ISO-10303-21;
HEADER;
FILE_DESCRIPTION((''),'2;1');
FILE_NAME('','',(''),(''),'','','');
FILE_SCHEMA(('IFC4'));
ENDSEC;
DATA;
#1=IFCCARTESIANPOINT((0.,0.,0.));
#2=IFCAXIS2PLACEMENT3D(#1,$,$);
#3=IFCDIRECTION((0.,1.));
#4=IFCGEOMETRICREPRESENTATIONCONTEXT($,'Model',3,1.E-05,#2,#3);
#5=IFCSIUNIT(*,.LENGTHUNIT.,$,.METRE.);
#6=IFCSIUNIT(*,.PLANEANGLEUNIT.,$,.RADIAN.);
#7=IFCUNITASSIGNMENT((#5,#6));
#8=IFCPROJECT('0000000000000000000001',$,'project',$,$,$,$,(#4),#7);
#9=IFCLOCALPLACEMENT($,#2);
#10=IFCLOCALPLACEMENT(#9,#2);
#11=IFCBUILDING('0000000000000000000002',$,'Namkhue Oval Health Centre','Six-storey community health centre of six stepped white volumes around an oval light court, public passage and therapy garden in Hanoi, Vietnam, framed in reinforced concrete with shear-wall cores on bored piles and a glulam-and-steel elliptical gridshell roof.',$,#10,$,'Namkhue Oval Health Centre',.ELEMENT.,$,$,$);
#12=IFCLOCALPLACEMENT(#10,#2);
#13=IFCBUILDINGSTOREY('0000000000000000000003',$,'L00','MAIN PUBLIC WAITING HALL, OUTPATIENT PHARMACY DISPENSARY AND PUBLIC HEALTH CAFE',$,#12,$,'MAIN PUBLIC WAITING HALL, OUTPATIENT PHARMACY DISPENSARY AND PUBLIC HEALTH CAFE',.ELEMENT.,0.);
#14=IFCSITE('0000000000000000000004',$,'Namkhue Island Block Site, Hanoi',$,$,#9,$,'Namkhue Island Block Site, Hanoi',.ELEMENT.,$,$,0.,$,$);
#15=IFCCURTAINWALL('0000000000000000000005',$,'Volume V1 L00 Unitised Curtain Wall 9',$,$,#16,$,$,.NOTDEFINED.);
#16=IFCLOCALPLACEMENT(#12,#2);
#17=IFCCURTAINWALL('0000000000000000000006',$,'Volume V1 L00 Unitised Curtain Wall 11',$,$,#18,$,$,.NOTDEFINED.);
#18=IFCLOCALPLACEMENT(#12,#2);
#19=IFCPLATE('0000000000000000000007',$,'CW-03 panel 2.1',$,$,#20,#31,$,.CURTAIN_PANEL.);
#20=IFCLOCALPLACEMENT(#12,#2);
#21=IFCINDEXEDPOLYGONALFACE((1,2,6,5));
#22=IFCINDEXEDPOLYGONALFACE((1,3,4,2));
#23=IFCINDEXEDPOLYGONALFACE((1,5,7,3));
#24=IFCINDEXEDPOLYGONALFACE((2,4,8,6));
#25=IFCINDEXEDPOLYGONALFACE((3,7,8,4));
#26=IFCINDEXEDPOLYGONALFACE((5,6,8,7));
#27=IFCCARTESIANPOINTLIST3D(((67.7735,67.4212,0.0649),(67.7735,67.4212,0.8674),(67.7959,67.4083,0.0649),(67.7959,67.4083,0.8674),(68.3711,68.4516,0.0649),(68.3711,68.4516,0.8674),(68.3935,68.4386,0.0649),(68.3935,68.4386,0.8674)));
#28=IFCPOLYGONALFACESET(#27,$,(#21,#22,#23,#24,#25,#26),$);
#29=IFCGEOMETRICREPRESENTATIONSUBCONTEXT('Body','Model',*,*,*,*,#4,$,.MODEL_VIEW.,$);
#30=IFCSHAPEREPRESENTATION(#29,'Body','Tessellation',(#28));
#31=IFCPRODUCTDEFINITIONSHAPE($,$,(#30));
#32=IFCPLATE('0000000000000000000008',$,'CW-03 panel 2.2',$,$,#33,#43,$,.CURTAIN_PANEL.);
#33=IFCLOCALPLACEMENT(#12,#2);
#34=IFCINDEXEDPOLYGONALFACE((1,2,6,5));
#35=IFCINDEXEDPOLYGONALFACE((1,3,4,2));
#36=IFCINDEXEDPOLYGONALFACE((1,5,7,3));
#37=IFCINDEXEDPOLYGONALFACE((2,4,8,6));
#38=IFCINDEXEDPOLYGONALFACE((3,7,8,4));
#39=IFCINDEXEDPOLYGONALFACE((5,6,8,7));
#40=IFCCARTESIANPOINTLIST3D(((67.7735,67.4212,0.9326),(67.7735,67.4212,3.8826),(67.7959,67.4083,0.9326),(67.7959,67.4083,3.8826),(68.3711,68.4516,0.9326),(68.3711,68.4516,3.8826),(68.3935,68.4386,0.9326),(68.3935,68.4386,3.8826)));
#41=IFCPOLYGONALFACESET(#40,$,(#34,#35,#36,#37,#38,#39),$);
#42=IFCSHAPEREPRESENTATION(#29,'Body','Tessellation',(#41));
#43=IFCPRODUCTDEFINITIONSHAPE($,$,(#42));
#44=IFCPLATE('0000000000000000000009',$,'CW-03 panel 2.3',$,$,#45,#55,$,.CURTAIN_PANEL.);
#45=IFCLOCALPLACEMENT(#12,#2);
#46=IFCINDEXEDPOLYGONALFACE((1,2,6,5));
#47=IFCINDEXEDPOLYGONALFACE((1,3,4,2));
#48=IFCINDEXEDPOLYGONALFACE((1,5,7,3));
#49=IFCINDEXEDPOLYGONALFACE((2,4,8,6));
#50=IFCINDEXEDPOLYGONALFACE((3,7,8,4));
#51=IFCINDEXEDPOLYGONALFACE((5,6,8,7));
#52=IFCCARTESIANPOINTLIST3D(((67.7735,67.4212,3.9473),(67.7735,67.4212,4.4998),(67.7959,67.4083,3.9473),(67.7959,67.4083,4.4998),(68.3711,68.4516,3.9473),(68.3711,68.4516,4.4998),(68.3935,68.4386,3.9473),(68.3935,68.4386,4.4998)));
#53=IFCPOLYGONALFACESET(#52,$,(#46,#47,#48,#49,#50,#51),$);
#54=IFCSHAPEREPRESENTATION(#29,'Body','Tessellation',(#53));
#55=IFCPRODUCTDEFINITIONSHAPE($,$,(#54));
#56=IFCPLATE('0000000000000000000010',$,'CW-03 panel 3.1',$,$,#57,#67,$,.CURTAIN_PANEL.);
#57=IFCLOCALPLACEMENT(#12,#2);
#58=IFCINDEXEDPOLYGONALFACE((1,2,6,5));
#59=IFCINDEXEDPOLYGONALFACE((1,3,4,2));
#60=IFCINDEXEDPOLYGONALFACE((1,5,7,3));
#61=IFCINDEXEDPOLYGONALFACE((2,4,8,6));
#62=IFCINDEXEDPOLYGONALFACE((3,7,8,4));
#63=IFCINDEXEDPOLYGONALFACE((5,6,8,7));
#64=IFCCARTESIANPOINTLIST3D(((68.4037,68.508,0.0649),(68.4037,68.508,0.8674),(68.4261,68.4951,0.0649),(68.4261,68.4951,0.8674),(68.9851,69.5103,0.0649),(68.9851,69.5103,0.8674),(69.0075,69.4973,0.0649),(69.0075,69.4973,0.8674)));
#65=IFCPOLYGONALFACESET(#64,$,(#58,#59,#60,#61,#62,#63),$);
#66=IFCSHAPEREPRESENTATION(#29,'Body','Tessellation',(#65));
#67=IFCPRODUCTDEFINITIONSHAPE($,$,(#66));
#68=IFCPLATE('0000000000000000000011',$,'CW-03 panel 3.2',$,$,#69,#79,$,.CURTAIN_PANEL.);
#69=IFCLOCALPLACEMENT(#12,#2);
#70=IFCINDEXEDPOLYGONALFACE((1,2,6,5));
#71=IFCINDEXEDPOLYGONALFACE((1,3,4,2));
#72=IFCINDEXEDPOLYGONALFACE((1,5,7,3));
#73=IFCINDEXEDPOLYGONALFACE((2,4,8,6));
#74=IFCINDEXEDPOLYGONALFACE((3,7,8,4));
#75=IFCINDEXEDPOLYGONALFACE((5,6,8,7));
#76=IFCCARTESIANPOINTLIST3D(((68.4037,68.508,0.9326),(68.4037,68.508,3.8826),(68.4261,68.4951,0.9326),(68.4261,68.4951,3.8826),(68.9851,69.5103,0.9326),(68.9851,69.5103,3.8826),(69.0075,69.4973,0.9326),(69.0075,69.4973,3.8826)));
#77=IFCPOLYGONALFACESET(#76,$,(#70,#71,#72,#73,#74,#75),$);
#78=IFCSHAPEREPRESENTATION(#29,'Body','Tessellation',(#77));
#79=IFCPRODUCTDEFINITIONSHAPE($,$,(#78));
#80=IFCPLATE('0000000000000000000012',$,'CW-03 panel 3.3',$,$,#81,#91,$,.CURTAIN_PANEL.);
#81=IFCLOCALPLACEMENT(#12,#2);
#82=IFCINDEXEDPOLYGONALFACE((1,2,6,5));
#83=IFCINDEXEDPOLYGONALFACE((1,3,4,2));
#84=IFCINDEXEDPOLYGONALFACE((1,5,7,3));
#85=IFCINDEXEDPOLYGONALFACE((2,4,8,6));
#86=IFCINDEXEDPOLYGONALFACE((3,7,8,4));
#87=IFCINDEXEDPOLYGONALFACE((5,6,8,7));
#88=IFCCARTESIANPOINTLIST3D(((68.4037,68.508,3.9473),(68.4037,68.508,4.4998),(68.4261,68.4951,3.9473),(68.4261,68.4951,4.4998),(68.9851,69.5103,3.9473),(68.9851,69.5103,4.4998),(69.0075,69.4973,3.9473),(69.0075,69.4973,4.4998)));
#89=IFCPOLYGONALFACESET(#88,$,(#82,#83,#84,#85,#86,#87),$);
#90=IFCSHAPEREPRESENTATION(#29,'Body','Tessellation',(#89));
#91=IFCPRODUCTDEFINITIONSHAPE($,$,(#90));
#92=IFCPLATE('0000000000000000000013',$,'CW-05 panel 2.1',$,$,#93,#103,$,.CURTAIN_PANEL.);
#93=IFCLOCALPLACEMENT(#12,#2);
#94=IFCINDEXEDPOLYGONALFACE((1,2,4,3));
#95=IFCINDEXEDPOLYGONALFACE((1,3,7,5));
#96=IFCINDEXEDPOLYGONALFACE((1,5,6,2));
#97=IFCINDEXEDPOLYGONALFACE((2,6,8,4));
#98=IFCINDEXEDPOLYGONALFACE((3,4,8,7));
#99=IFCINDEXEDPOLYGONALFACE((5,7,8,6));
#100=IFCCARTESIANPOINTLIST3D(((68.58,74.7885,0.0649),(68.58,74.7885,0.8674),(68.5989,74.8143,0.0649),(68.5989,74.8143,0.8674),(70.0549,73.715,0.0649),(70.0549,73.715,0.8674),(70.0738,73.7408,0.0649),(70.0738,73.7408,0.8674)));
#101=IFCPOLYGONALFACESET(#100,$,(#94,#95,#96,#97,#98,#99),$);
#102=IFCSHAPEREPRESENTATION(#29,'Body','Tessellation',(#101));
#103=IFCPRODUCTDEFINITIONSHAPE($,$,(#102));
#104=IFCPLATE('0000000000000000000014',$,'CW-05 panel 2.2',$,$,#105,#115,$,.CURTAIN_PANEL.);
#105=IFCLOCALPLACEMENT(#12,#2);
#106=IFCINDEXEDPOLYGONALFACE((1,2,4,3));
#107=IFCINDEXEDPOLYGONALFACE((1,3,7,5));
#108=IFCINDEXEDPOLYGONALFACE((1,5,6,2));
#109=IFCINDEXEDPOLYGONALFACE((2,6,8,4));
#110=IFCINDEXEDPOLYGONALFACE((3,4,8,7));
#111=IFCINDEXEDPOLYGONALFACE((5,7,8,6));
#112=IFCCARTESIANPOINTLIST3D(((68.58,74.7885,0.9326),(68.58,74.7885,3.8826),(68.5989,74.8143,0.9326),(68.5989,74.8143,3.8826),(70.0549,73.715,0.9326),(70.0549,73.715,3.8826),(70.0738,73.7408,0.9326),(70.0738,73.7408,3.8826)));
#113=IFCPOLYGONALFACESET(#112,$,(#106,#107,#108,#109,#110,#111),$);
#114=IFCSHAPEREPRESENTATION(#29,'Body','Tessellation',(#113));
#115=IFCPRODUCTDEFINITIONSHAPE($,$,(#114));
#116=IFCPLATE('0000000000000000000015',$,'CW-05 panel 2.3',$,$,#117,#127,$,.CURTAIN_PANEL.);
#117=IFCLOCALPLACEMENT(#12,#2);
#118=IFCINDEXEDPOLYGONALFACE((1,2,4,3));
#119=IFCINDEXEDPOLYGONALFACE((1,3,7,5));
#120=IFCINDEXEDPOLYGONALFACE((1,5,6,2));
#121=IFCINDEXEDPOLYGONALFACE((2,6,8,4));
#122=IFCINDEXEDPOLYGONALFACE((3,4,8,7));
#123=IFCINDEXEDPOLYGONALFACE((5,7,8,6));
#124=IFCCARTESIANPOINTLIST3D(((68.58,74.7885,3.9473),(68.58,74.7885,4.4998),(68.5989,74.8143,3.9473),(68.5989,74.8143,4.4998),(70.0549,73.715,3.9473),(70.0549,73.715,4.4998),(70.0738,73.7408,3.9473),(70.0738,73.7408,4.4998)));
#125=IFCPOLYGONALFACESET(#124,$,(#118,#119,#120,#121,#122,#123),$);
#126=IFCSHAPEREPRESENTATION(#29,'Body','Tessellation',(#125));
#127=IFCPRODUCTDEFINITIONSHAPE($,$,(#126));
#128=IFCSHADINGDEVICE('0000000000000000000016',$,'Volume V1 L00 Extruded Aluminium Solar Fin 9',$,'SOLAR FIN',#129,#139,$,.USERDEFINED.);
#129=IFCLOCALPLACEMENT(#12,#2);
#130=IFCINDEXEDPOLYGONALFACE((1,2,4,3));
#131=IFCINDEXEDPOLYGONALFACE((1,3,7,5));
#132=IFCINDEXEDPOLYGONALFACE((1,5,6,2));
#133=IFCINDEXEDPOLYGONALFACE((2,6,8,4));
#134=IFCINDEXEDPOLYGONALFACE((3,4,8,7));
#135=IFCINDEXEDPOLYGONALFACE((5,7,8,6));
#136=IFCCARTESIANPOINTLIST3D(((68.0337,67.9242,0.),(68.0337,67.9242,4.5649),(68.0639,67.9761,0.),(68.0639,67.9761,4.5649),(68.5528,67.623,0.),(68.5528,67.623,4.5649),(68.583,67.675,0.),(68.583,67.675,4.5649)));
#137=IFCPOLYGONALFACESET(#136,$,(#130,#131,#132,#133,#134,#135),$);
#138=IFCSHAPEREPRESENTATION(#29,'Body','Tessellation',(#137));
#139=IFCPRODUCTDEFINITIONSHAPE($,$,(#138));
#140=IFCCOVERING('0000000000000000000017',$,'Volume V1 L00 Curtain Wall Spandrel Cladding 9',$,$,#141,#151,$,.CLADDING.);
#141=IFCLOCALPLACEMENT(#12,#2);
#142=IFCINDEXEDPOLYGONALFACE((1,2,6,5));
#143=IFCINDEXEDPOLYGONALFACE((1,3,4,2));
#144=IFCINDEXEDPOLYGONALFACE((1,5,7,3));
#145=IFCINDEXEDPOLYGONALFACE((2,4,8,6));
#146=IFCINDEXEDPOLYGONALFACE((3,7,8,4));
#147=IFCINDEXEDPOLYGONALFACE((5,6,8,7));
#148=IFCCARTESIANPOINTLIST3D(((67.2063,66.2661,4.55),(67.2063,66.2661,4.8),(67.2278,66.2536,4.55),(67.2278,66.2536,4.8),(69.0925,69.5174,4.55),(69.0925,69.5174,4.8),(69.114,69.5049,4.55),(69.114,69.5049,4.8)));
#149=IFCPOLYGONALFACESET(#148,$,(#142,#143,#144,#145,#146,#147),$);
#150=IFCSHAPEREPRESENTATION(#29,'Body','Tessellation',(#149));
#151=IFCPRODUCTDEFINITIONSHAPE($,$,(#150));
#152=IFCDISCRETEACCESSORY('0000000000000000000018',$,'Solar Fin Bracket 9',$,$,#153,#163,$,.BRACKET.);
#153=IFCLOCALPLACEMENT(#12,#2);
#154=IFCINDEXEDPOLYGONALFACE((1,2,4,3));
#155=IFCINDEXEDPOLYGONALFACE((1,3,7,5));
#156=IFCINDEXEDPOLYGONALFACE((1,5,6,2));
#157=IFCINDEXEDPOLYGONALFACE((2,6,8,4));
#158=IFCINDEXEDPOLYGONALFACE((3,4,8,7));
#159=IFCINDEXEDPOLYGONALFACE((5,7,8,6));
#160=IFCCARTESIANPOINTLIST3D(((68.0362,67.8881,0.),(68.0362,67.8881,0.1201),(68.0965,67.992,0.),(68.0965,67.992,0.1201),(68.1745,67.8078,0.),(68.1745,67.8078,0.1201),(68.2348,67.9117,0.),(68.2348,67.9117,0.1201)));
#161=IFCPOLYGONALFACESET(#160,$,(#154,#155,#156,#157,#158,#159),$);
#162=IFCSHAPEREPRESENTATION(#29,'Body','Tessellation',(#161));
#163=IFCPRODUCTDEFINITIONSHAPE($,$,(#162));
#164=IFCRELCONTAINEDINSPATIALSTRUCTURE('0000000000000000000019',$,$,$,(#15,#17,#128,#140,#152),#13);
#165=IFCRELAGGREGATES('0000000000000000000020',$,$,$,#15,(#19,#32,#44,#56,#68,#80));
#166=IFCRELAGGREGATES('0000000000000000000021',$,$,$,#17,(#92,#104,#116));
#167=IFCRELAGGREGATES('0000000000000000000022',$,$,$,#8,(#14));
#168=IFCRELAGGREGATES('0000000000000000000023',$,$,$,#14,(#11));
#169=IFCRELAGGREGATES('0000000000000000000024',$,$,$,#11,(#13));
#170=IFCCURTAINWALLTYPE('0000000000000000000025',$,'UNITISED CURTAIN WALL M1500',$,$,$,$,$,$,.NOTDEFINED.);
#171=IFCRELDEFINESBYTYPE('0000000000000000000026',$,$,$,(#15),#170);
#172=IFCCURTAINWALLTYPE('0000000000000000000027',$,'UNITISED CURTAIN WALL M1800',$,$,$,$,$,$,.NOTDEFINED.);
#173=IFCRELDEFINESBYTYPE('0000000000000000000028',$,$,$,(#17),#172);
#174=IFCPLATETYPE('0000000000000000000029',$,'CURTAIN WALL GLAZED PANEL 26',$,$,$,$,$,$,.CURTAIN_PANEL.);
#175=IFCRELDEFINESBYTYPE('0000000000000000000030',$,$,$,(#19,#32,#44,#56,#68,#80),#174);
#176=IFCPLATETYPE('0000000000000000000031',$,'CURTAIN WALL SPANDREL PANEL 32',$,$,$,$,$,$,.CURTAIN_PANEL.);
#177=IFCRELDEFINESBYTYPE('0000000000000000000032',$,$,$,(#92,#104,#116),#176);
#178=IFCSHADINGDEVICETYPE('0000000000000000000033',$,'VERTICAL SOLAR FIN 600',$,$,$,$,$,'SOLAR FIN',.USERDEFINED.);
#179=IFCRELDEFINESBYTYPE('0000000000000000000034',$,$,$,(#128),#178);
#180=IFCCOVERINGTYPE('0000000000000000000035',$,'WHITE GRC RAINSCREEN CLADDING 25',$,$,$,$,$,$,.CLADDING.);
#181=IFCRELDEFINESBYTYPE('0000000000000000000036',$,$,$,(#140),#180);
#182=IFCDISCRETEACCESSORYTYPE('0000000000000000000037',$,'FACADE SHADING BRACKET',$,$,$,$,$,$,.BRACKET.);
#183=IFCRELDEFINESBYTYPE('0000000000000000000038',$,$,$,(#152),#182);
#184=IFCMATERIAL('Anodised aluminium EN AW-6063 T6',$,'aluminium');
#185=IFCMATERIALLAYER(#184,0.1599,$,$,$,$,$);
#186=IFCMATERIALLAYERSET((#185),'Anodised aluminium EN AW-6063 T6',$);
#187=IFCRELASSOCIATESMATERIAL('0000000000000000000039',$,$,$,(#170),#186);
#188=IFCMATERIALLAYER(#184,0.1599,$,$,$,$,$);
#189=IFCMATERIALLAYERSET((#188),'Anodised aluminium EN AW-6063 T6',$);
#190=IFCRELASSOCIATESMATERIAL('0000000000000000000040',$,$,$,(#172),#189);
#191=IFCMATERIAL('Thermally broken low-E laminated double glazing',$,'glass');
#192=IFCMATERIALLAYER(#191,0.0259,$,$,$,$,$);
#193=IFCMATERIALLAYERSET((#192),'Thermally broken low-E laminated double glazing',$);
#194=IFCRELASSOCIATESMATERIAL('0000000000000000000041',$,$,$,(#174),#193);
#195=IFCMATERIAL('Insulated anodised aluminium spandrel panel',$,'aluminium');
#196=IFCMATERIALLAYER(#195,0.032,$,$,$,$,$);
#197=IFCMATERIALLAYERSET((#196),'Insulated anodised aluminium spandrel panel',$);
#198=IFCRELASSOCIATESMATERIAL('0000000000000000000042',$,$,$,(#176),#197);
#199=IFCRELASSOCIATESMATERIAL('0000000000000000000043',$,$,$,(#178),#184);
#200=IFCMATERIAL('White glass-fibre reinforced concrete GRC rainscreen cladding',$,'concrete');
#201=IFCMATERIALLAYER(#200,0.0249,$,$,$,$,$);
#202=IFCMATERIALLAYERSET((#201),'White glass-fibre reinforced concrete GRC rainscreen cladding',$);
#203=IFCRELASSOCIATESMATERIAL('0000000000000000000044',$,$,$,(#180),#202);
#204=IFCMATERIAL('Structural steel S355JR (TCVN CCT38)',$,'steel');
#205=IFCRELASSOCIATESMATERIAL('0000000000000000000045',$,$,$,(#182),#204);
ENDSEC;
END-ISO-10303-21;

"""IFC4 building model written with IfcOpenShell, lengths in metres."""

from ifc_helpers import new_model, si_unit, direction, frame, origin, origin_2d, place, context, subcontext, project, spatial, rectangle, extrude, material, layer, layer_set, type_object, element, aggregate, save


model = new_model("IFC4")

# Units and contexts
model_context = context("Model", 3, precision=1e-05, world=origin(), true_north=direction((0.0, 1.0)))
body_context = subcontext(model_context, "Body", "Model", "MODEL_VIEW")
ifc_project = project(units=[si_unit("LENGTHUNIT", "METRE"), si_unit("PLANEANGLEUNIT", "RADIAN")], contexts=[model_context])

# Site, building, storey
site_placement = place(None, origin())
site = spatial("IfcSite", under=ifc_project, at=site_placement, Name="Namkhue Island Block Site, Hanoi", LongName="Namkhue Island Block Site, Hanoi", CompositionType="ELEMENT", RefElevation=0.0)
building_placement = place(site_placement, origin())
building = spatial("IfcBuilding", under=site, at=building_placement, Name="Namkhue Oval Health Centre", Description="Six-storey community health centre of six stepped white volumes around an oval light court, public passage and therapy garden in Hanoi, Vietnam, framed in reinforced concrete with shear-wall cores on bored piles and a glulam-and-steel elliptical gridshell roof.", LongName="Namkhue Oval Health Centre", CompositionType="ELEMENT")
storey_placement = place(building_placement, origin())
storey = spatial("IfcBuildingStorey", under=building, at=storey_placement, Name="L00", Description="MAIN PUBLIC WAITING HALL, OUTPATIENT PHARMACY DISPENSARY AND PUBLIC HEALTH CAFE", LongName="MAIN PUBLIC WAITING HALL, OUTPATIENT PHARMACY DISPENSARY AND PUBLIC HEALTH CAFE", CompositionType="ELEMENT", Elevation=0.0)

# Curtain wall
ifc_material_1 = material(Name="Anodised aluminium EN AW-6063 T6", Category="aluminium")
ifc_layer_1 = layer(ifc_material_1, 0.1599)
ifc_layer_set_1 = layer_set([ifc_layer_1], Name="Anodised aluminium EN AW-6063 T6")
curtain_wall_type_1 = type_object("IfcCurtainWallType", Name="UNITISED CURTAIN WALL M1500", PredefinedType="NOTDEFINED", material=ifc_layer_set_1)
curtain_wall_1_placement = place(storey_placement, origin())
curtain_wall_1 = element("IfcCurtainWall", 1, at=curtain_wall_1_placement, inside=storey, type_object=curtain_wall_type_1, Name="Volume V1 L00 Unitised Curtain Wall 9", PredefinedType="NOTDEFINED")

# Curtain wall
ifc_layer_2 = layer(ifc_material_1, 0.1599)
ifc_layer_set_2 = layer_set([ifc_layer_2], Name="Anodised aluminium EN AW-6063 T6")
curtain_wall_type_2 = type_object("IfcCurtainWallType", Name="UNITISED CURTAIN WALL M1800", PredefinedType="NOTDEFINED", material=ifc_layer_set_2)
curtain_wall_2_placement = place(storey_placement, origin())
curtain_wall_2 = element("IfcCurtainWall", 2, at=curtain_wall_2_placement, inside=storey, type_object=curtain_wall_type_2, Name="Volume V1 L00 Unitised Curtain Wall 11", PredefinedType="NOTDEFINED")

# Plates
ifc_material_2 = material(Name="Thermally broken low-E laminated double glazing", Category="glass")
ifc_layer_3 = layer(ifc_material_2, 0.0259)
ifc_layer_set_3 = layer_set([ifc_layer_3], Name="Thermally broken low-E laminated double glazing")
plate_type_1 = type_object("IfcPlateType", Name="CURTAIN WALL GLAZED PANEL 26", PredefinedType="CURTAIN_PANEL", material=ifc_layer_set_3)
plate_1_placement = place(storey_placement, frame((68.0835, 67.9299, 0.0649), z_axis=(0.0, 0.0, 1.0), x_axis=(0.501758, 0.865008, 0.0)))
plate_1 = element("IfcPlate", 3, at=plate_1_placement, type_object=plate_type_1, Name="CW-03 panel 2.1", PredefinedType="CURTAIN_PANEL", context=body_context, shape_type="SweptSolid", body=[
    extrude(rectangle(XDim=1.1912, YDim=0.0259, at=origin_2d()), origin(), (0.0, 0.0, 1.0), 0.8025),
])
plate_2_placement = place(storey_placement, frame((68.0835, 67.9299, 0.9326), z_axis=(0.0, 0.0, 1.0), x_axis=(0.501758, 0.865008, 0.0)))
plate_2 = element("IfcPlate", 4, at=plate_2_placement, type_object=plate_type_1, Name="CW-03 panel 2.2", PredefinedType="CURTAIN_PANEL", context=body_context, shape_type="SweptSolid", body=[
    extrude(rectangle(XDim=1.1912, YDim=0.0259, at=origin_2d()), origin(), (0.0, 0.0, 1.0), 2.95),
])
plate_3_placement = place(storey_placement, frame((68.0835, 67.9299, 3.9473), z_axis=(0.0, 0.0, 1.0), x_axis=(0.501758, 0.865008, 0.0)))
plate_3 = element("IfcPlate", 5, at=plate_3_placement, type_object=plate_type_1, Name="CW-03 panel 2.3", PredefinedType="CURTAIN_PANEL", context=body_context, shape_type="SweptSolid", body=[
    extrude(rectangle(XDim=1.1912, YDim=0.0259, at=origin_2d()), origin(), (0.0, 0.0, 1.0), 0.5525),
])
plate_4_placement = place(storey_placement, frame((68.7056, 69.0027, 0.0649), z_axis=(0.0, 0.0, 1.0), x_axis=(0.501758, 0.865008, 0.0)))
plate_4 = element("IfcPlate", 6, at=plate_4_placement, type_object=plate_type_1, Name="CW-03 panel 3.1", PredefinedType="CURTAIN_PANEL", context=body_context, shape_type="SweptSolid", body=[
    extrude(rectangle(XDim=1.1587, YDim=0.0259, at=origin_2d()), origin(), (0.0, 0.0, 1.0), 0.8025),
])
plate_5_placement = place(storey_placement, frame((68.7056, 69.0027, 0.9326), z_axis=(0.0, 0.0, 1.0), x_axis=(0.501758, 0.865008, 0.0)))
plate_5 = element("IfcPlate", 7, at=plate_5_placement, type_object=plate_type_1, Name="CW-03 panel 3.2", PredefinedType="CURTAIN_PANEL", context=body_context, shape_type="SweptSolid", body=[
    extrude(rectangle(XDim=1.1587, YDim=0.0259, at=origin_2d()), origin(), (0.0, 0.0, 1.0), 2.95),
])
plate_6_placement = place(storey_placement, frame((68.7056, 69.0027, 3.9473), z_axis=(0.0, 0.0, 1.0), x_axis=(0.501758, 0.865008, 0.0)))
plate_6 = element("IfcPlate", 8, at=plate_6_placement, type_object=plate_type_1, Name="CW-03 panel 3.3", PredefinedType="CURTAIN_PANEL", context=body_context, shape_type="SweptSolid", body=[
    extrude(rectangle(XDim=1.1587, YDim=0.0259, at=origin_2d()), origin(), (0.0, 0.0, 1.0), 0.5525),
])
aggregate(curtain_wall_1, [plate_1, plate_2, plate_3, plate_4, plate_5, plate_6])
ifc_material_3 = material(Name="Insulated anodised aluminium spandrel panel", Category="aluminium")
ifc_layer_4 = layer(ifc_material_3, 0.032)
ifc_layer_set_4 = layer_set([ifc_layer_4], Name="Insulated anodised aluminium spandrel panel")
plate_type_2 = type_object("IfcPlateType", Name="CURTAIN WALL SPANDREL PANEL 32", PredefinedType="CURTAIN_PANEL", material=ifc_layer_set_4)
plate_7_placement = place(storey_placement, frame((69.3269, 74.2646, 0.0649), z_axis=(0.0, 0.0, 1.0), x_axis=(-0.808514, 0.588477, 0.0)))
plate_7 = element("IfcPlate", 9, at=plate_7_placement, type_object=plate_type_2, Name="CW-05 panel 2.1", PredefinedType="CURTAIN_PANEL", context=body_context, shape_type="SweptSolid", body=[
    extrude(rectangle(XDim=1.8242, YDim=0.032, at=origin_2d()), origin(), (0.0, 0.0, 1.0), 0.8025),
])
plate_8_placement = place(storey_placement, frame((69.3269, 74.2646, 0.9326), z_axis=(0.0, 0.0, 1.0), x_axis=(-0.808514, 0.588477, 0.0)))
plate_8 = element("IfcPlate", 10, at=plate_8_placement, type_object=plate_type_2, Name="CW-05 panel 2.2", PredefinedType="CURTAIN_PANEL", context=body_context, shape_type="SweptSolid", body=[
    extrude(rectangle(XDim=1.8242, YDim=0.032, at=origin_2d()), origin(), (0.0, 0.0, 1.0), 2.95),
])
plate_9_placement = place(storey_placement, frame((69.3269, 74.2646, 3.9473), z_axis=(0.0, 0.0, 1.0), x_axis=(-0.808514, 0.588477, 0.0)))
plate_9 = element("IfcPlate", 11, at=plate_9_placement, type_object=plate_type_2, Name="CW-05 panel 2.3", PredefinedType="CURTAIN_PANEL", context=body_context, shape_type="SweptSolid", body=[
    extrude(rectangle(XDim=1.8242, YDim=0.032, at=origin_2d()), origin(), (0.0, 0.0, 1.0), 0.5525),
])
aggregate(curtain_wall_2, [plate_7, plate_8, plate_9])

# Shading device
shading_device_type = type_object("IfcShadingDeviceType", Name="VERTICAL SOLAR FIN 600", ElementType="SOLAR FIN", PredefinedType="USERDEFINED", material=ifc_material_1)
shading_device_placement = place(storey_placement, frame((68.3083, 67.7996, 0.0), z_axis=(0.0, 0.0, 1.0), x_axis=(0.864976, -0.501813, 0.0)))
element("IfcShadingDevice", 12, at=shading_device_placement, inside=storey, type_object=shading_device_type, Name="Volume V1 L00 Extruded Aluminium Solar Fin 9", ObjectType="SOLAR FIN", PredefinedType="USERDEFINED", context=body_context, shape_type="SweptSolid", body=[
    extrude(rectangle(XDim=0.6001, YDim=0.0601, at=origin_2d()), origin(), (0.0, 0.0, 1.0), 4.5649),
])

# Covering
ifc_material_4 = material(Name="White glass-fibre reinforced concrete GRC rainscreen cladding", Category="concrete")
ifc_layer_5 = layer(ifc_material_4, 0.0249)
ifc_layer_set_5 = layer_set([ifc_layer_5], Name="White glass-fibre reinforced concrete GRC rainscreen cladding")
covering_type = type_object("IfcCoveringType", Name="WHITE GRC RAINSCREEN CLADDING 25", PredefinedType="CLADDING", material=ifc_layer_set_5)
covering_placement = place(storey_placement, frame((68.1602, 67.8855, 4.55), z_axis=(0.0, 0.0, 1.0), x_axis=(0.501813, 0.864976, 0.0)))
element("IfcCovering", 13, at=covering_placement, inside=storey, type_object=covering_type, Name="Volume V1 L00 Curtain Wall Spandrel Cladding 9", PredefinedType="CLADDING", context=body_context, shape_type="SweptSolid", body=[
    extrude(rectangle(XDim=3.7588, YDim=0.0249, at=origin_2d()), origin(), (0.0, 0.0, 1.0), 0.25),
])

# Discrete accessory
ifc_material_5 = material(Name="Structural steel S355JR (TCVN CCT38)", Category="steel")
discrete_accessory_type = type_object("IfcDiscreteAccessoryType", Name="FACADE SHADING BRACKET", PredefinedType="BRACKET", material=ifc_material_5)
discrete_accessory_placement = place(storey_placement, frame((68.1355, 67.8999, 0.0), z_axis=(0.0, 0.0, 1.0), x_axis=(0.864976, -0.501813, 0.0)))
element("IfcDiscreteAccessory", 14, at=discrete_accessory_placement, inside=storey, type_object=discrete_accessory_type, Name="Solar Fin Bracket 9", PredefinedType="BRACKET", context=body_context, shape_type="SweptSolid", body=[
    extrude(rectangle(XDim=0.1599, YDim=0.1201, at=origin_2d()), origin(), (0.0, 0.0, 1.0), 0.1201),
])

save(model, "model.ifc")
